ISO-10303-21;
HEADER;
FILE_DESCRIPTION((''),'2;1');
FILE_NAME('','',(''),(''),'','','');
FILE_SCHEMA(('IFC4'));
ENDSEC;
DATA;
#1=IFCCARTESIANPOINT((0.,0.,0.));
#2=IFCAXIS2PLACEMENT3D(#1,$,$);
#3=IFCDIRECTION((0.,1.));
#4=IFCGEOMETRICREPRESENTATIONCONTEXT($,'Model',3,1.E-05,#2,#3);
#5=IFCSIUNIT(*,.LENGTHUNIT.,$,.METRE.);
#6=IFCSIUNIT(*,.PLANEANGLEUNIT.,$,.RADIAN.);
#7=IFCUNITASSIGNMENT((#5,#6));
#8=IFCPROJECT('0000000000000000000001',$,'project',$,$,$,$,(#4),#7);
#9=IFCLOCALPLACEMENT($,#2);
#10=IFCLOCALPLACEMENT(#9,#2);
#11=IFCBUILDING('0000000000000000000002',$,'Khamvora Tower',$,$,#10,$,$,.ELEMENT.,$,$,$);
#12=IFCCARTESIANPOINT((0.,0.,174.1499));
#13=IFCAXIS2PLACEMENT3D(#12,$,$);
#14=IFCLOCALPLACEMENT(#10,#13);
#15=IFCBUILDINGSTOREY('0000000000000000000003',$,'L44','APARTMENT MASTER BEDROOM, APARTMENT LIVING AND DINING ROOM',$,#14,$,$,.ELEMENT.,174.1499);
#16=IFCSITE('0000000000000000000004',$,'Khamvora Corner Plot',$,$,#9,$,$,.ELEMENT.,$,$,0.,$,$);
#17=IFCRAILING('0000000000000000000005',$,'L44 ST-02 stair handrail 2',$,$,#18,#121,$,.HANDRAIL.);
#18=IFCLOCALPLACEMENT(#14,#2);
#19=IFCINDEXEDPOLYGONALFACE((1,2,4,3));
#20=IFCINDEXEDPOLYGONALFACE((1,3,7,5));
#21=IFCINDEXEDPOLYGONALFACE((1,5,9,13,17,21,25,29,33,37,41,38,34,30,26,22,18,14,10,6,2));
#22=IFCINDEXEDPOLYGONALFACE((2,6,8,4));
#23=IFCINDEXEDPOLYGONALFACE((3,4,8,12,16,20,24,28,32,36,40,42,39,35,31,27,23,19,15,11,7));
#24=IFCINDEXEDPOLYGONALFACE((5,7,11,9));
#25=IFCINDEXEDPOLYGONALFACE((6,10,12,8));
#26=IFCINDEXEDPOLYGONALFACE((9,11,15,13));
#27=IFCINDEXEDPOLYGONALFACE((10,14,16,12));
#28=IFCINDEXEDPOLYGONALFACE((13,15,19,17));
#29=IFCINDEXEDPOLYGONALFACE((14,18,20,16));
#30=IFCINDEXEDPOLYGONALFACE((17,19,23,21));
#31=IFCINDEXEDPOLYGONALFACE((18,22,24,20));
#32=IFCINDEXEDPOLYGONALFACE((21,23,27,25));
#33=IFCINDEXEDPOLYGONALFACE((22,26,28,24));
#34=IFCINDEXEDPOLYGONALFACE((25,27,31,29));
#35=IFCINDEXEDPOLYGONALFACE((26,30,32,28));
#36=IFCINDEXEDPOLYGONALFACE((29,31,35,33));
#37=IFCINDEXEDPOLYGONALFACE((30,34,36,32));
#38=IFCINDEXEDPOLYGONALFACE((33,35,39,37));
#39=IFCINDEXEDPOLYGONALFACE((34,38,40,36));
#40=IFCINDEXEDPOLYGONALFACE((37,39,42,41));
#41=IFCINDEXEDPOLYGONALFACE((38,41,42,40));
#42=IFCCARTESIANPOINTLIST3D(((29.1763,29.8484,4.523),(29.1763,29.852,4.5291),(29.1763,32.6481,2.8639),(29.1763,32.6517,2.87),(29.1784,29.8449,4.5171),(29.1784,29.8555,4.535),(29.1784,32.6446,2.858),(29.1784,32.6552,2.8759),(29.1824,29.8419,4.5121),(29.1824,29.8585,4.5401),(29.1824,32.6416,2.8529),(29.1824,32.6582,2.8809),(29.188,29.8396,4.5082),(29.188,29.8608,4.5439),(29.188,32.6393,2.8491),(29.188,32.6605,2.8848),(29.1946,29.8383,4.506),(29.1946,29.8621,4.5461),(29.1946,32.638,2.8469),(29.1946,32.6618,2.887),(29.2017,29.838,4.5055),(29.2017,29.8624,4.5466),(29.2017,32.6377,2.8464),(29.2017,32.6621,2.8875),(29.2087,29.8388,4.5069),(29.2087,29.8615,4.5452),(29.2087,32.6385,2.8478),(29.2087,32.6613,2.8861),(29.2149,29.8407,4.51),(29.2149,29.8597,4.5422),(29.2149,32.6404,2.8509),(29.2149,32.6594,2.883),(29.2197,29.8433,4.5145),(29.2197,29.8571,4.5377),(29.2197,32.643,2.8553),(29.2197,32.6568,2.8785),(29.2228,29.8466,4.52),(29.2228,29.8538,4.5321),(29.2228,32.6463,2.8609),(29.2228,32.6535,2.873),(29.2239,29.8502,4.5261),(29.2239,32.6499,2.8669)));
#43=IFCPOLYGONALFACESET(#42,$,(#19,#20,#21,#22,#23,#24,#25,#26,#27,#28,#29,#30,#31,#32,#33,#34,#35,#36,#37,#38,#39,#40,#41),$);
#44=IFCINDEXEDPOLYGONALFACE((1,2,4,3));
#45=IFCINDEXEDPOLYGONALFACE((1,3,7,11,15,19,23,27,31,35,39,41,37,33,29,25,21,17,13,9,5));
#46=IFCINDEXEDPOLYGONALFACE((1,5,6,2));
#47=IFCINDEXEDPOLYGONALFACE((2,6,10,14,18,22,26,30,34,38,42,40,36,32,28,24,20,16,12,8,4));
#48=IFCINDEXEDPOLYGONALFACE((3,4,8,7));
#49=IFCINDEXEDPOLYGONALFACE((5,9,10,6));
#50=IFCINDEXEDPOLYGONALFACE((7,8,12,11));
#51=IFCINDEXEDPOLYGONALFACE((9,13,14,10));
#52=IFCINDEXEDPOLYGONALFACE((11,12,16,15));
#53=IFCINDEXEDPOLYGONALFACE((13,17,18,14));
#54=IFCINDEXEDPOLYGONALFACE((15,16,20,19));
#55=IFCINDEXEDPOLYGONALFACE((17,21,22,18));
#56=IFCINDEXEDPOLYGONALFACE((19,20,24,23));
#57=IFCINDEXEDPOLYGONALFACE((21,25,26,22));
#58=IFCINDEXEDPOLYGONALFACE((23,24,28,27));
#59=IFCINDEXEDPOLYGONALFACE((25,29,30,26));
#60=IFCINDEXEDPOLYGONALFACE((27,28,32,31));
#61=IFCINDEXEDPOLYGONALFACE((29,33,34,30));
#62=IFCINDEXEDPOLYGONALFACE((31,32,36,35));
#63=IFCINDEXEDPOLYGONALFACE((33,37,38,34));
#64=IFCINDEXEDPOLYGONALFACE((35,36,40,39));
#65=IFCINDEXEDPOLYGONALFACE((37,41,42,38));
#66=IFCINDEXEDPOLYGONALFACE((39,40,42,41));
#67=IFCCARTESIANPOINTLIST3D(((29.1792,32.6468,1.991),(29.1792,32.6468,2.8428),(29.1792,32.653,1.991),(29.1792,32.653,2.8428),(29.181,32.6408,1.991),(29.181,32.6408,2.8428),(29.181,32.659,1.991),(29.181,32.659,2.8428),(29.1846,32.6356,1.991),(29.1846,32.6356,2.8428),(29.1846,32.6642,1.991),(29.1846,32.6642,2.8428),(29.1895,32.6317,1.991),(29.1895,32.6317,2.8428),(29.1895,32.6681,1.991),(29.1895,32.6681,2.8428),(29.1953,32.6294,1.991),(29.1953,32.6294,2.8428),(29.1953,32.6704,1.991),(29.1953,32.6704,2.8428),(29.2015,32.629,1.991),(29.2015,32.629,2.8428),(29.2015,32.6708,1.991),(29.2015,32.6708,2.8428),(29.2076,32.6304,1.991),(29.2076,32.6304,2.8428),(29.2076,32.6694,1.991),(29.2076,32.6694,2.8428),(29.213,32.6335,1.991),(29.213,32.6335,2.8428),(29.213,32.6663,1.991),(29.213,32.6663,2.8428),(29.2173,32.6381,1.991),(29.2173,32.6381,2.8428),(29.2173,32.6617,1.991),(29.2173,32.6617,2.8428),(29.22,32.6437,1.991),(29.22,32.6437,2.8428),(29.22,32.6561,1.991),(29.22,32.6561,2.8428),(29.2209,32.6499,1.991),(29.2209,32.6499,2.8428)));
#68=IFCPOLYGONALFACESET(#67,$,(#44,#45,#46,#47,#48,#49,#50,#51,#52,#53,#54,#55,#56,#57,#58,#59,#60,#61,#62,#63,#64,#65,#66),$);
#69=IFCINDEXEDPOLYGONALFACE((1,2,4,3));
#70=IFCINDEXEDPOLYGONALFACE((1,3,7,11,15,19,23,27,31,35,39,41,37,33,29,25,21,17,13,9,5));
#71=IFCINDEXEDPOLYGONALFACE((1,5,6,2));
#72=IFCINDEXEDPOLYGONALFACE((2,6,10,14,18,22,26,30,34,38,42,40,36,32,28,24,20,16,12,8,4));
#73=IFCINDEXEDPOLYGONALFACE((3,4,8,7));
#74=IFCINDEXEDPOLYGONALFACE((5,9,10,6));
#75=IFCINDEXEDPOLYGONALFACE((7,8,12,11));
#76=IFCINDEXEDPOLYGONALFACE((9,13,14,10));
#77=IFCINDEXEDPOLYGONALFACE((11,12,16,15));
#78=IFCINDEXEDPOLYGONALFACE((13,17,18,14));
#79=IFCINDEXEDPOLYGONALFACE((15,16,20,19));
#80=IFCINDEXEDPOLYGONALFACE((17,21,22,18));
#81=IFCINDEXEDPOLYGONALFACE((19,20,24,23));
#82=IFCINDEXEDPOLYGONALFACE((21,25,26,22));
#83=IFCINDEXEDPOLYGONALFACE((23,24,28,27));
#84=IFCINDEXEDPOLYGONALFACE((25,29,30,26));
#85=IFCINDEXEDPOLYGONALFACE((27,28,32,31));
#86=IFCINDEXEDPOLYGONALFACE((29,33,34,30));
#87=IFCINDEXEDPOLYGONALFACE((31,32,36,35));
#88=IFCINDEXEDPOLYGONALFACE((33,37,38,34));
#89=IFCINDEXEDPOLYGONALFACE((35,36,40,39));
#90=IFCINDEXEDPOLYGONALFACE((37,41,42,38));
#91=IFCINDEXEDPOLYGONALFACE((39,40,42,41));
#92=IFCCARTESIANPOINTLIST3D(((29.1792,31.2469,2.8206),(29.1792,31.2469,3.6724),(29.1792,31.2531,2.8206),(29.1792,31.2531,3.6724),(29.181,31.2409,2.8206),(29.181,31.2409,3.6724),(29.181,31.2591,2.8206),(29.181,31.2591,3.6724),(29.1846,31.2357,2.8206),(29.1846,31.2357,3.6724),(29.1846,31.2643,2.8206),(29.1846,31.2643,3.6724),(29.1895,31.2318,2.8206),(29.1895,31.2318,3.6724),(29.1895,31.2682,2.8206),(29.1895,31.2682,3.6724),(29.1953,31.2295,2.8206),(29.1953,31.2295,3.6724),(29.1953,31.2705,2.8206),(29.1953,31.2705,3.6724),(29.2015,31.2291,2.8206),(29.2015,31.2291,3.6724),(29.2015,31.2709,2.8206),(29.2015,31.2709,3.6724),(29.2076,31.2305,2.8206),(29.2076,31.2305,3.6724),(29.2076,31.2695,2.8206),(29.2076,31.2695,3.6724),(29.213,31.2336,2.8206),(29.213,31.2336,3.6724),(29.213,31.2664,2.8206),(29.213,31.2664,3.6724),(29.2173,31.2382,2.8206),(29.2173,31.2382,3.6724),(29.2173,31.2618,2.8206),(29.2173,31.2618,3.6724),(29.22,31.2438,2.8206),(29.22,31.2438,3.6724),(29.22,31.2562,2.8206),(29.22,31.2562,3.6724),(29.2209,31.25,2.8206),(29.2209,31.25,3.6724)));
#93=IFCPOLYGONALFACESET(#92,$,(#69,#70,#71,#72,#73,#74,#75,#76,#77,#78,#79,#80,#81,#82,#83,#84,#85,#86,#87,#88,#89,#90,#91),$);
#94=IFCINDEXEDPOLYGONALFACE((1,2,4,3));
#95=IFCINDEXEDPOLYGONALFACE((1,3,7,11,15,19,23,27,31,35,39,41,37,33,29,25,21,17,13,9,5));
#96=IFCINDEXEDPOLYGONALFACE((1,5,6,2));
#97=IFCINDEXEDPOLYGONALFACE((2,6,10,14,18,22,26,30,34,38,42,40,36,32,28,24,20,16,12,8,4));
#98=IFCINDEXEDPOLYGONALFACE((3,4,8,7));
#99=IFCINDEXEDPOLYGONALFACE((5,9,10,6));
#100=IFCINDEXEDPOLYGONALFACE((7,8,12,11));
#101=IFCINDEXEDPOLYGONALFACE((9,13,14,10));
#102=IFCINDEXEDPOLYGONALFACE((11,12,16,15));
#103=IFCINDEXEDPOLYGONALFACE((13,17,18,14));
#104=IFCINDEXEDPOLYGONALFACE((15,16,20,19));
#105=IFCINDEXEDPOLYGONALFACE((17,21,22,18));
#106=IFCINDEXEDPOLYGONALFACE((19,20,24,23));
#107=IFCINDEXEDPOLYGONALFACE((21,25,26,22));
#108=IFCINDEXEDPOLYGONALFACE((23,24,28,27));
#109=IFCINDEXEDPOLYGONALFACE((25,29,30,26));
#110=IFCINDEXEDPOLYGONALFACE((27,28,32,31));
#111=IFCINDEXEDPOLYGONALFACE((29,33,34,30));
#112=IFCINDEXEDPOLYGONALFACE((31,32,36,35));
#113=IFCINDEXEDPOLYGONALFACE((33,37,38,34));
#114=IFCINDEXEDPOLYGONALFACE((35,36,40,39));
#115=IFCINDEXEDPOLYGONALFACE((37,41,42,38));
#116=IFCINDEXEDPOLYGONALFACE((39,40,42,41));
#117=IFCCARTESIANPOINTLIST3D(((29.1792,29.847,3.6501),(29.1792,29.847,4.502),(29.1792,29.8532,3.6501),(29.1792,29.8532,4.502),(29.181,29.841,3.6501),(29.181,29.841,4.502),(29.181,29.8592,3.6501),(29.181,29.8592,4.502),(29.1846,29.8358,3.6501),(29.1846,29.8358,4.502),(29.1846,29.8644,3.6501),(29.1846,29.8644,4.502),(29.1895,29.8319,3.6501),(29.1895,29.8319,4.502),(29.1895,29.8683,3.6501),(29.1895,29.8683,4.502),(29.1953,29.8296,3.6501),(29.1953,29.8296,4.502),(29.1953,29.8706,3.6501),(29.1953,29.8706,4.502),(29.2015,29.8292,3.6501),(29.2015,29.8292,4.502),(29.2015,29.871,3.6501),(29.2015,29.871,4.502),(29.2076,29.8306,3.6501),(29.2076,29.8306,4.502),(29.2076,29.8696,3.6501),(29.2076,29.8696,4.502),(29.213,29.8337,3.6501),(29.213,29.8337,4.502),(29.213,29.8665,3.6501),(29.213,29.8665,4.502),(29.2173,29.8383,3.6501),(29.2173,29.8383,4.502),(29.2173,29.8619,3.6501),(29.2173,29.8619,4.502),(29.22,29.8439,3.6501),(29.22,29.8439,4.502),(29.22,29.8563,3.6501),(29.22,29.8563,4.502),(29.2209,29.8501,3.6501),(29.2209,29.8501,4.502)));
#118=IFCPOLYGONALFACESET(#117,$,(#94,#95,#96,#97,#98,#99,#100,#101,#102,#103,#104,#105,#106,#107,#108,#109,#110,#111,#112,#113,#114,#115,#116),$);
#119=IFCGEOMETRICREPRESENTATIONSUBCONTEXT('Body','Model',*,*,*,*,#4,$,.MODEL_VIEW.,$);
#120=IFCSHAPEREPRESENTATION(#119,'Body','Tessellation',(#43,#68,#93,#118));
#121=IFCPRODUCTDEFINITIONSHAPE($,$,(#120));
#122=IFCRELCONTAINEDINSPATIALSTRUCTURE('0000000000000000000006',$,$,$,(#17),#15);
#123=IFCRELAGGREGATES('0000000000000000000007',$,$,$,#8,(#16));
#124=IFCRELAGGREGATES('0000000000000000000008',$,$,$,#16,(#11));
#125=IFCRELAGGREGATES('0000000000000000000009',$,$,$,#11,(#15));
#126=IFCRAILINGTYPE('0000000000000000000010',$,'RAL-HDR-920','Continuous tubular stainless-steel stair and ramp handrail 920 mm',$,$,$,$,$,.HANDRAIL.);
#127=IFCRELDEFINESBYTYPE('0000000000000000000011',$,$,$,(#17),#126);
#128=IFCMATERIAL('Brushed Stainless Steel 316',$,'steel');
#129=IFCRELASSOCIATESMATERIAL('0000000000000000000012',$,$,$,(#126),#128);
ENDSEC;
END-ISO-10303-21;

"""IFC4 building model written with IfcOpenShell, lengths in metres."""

from ifc_helpers import new_model, si_unit, direction, frame, origin, origin_2d, place, context, subcontext, project, spatial, circle, extrude, material, type_object, element, save


model = new_model("IFC4")

# Units and contexts
model_context = context("Model", 3, precision=1e-05, world=origin(), true_north=direction((0.0, 1.0)))
body_context = subcontext(model_context, "Body", "Model", "MODEL_VIEW")
ifc_project = project(units=[si_unit("LENGTHUNIT", "METRE"), si_unit("PLANEANGLEUNIT", "RADIAN")], contexts=[model_context])

# Site, building, storey
site_placement = place(None, origin())
site = spatial("IfcSite", under=ifc_project, at=site_placement, Name="Khamvora Corner Plot", CompositionType="ELEMENT", RefElevation=0.0)
building_placement = place(site_placement, origin())
building = spatial("IfcBuilding", under=site, at=building_placement, Name="Khamvora Tower", CompositionType="ELEMENT")
storey_placement = place(building_placement, frame((0.0, 0.0, 174.1499)))
storey = spatial("IfcBuildingStorey", under=building, at=storey_placement, Name="L44", Description="APARTMENT MASTER BEDROOM, APARTMENT LIVING AND DINING ROOM", CompositionType="ELEMENT", Elevation=174.1499)

# Railing
ifc_material_1 = material(Name="Brushed Stainless Steel 316", Category="steel")
railing_type_1 = type_object("IfcRailingType", Name="RAL-HDR-920", Description="Continuous tubular stainless-steel stair and ramp handrail 920 mm", PredefinedType="HANDRAIL", material=ifc_material_1)
railing_1_placement = place(storey_placement, frame((29.2, 32.6499, 1.991)))
element("IfcRailing", 1, at=railing_1_placement, inside=storey, type_object=railing_type_1, Name="L44 ST-02 stair handrail 2", PredefinedType="HANDRAIL", context=body_context, shape_type="SweptSolid", body=[
    extrude(circle(Radius=0.0239, at=origin_2d()), frame((0.0, 0.0, 0.876), z_axis=(0.0, -0.860287, 0.509811), x_axis=(1.0, 0.0, 0.0)), (0.0, 0.0, 1.0), 3.2544),
    extrude(circle(Radius=0.021, at=origin_2d()), origin(), (0.0, 0.0, 1.0), 0.8518),
    extrude(circle(Radius=0.021, at=origin_2d()), frame((0.0, -1.3999, 0.8296)), (0.0, 0.0, 1.0), 0.8518),
    extrude(circle(Radius=0.021, at=origin_2d()), frame((0.0, -2.7998, 1.6592)), (0.0, 0.0, 1.0), 0.8518),
])

save(model, "model.ifc")
